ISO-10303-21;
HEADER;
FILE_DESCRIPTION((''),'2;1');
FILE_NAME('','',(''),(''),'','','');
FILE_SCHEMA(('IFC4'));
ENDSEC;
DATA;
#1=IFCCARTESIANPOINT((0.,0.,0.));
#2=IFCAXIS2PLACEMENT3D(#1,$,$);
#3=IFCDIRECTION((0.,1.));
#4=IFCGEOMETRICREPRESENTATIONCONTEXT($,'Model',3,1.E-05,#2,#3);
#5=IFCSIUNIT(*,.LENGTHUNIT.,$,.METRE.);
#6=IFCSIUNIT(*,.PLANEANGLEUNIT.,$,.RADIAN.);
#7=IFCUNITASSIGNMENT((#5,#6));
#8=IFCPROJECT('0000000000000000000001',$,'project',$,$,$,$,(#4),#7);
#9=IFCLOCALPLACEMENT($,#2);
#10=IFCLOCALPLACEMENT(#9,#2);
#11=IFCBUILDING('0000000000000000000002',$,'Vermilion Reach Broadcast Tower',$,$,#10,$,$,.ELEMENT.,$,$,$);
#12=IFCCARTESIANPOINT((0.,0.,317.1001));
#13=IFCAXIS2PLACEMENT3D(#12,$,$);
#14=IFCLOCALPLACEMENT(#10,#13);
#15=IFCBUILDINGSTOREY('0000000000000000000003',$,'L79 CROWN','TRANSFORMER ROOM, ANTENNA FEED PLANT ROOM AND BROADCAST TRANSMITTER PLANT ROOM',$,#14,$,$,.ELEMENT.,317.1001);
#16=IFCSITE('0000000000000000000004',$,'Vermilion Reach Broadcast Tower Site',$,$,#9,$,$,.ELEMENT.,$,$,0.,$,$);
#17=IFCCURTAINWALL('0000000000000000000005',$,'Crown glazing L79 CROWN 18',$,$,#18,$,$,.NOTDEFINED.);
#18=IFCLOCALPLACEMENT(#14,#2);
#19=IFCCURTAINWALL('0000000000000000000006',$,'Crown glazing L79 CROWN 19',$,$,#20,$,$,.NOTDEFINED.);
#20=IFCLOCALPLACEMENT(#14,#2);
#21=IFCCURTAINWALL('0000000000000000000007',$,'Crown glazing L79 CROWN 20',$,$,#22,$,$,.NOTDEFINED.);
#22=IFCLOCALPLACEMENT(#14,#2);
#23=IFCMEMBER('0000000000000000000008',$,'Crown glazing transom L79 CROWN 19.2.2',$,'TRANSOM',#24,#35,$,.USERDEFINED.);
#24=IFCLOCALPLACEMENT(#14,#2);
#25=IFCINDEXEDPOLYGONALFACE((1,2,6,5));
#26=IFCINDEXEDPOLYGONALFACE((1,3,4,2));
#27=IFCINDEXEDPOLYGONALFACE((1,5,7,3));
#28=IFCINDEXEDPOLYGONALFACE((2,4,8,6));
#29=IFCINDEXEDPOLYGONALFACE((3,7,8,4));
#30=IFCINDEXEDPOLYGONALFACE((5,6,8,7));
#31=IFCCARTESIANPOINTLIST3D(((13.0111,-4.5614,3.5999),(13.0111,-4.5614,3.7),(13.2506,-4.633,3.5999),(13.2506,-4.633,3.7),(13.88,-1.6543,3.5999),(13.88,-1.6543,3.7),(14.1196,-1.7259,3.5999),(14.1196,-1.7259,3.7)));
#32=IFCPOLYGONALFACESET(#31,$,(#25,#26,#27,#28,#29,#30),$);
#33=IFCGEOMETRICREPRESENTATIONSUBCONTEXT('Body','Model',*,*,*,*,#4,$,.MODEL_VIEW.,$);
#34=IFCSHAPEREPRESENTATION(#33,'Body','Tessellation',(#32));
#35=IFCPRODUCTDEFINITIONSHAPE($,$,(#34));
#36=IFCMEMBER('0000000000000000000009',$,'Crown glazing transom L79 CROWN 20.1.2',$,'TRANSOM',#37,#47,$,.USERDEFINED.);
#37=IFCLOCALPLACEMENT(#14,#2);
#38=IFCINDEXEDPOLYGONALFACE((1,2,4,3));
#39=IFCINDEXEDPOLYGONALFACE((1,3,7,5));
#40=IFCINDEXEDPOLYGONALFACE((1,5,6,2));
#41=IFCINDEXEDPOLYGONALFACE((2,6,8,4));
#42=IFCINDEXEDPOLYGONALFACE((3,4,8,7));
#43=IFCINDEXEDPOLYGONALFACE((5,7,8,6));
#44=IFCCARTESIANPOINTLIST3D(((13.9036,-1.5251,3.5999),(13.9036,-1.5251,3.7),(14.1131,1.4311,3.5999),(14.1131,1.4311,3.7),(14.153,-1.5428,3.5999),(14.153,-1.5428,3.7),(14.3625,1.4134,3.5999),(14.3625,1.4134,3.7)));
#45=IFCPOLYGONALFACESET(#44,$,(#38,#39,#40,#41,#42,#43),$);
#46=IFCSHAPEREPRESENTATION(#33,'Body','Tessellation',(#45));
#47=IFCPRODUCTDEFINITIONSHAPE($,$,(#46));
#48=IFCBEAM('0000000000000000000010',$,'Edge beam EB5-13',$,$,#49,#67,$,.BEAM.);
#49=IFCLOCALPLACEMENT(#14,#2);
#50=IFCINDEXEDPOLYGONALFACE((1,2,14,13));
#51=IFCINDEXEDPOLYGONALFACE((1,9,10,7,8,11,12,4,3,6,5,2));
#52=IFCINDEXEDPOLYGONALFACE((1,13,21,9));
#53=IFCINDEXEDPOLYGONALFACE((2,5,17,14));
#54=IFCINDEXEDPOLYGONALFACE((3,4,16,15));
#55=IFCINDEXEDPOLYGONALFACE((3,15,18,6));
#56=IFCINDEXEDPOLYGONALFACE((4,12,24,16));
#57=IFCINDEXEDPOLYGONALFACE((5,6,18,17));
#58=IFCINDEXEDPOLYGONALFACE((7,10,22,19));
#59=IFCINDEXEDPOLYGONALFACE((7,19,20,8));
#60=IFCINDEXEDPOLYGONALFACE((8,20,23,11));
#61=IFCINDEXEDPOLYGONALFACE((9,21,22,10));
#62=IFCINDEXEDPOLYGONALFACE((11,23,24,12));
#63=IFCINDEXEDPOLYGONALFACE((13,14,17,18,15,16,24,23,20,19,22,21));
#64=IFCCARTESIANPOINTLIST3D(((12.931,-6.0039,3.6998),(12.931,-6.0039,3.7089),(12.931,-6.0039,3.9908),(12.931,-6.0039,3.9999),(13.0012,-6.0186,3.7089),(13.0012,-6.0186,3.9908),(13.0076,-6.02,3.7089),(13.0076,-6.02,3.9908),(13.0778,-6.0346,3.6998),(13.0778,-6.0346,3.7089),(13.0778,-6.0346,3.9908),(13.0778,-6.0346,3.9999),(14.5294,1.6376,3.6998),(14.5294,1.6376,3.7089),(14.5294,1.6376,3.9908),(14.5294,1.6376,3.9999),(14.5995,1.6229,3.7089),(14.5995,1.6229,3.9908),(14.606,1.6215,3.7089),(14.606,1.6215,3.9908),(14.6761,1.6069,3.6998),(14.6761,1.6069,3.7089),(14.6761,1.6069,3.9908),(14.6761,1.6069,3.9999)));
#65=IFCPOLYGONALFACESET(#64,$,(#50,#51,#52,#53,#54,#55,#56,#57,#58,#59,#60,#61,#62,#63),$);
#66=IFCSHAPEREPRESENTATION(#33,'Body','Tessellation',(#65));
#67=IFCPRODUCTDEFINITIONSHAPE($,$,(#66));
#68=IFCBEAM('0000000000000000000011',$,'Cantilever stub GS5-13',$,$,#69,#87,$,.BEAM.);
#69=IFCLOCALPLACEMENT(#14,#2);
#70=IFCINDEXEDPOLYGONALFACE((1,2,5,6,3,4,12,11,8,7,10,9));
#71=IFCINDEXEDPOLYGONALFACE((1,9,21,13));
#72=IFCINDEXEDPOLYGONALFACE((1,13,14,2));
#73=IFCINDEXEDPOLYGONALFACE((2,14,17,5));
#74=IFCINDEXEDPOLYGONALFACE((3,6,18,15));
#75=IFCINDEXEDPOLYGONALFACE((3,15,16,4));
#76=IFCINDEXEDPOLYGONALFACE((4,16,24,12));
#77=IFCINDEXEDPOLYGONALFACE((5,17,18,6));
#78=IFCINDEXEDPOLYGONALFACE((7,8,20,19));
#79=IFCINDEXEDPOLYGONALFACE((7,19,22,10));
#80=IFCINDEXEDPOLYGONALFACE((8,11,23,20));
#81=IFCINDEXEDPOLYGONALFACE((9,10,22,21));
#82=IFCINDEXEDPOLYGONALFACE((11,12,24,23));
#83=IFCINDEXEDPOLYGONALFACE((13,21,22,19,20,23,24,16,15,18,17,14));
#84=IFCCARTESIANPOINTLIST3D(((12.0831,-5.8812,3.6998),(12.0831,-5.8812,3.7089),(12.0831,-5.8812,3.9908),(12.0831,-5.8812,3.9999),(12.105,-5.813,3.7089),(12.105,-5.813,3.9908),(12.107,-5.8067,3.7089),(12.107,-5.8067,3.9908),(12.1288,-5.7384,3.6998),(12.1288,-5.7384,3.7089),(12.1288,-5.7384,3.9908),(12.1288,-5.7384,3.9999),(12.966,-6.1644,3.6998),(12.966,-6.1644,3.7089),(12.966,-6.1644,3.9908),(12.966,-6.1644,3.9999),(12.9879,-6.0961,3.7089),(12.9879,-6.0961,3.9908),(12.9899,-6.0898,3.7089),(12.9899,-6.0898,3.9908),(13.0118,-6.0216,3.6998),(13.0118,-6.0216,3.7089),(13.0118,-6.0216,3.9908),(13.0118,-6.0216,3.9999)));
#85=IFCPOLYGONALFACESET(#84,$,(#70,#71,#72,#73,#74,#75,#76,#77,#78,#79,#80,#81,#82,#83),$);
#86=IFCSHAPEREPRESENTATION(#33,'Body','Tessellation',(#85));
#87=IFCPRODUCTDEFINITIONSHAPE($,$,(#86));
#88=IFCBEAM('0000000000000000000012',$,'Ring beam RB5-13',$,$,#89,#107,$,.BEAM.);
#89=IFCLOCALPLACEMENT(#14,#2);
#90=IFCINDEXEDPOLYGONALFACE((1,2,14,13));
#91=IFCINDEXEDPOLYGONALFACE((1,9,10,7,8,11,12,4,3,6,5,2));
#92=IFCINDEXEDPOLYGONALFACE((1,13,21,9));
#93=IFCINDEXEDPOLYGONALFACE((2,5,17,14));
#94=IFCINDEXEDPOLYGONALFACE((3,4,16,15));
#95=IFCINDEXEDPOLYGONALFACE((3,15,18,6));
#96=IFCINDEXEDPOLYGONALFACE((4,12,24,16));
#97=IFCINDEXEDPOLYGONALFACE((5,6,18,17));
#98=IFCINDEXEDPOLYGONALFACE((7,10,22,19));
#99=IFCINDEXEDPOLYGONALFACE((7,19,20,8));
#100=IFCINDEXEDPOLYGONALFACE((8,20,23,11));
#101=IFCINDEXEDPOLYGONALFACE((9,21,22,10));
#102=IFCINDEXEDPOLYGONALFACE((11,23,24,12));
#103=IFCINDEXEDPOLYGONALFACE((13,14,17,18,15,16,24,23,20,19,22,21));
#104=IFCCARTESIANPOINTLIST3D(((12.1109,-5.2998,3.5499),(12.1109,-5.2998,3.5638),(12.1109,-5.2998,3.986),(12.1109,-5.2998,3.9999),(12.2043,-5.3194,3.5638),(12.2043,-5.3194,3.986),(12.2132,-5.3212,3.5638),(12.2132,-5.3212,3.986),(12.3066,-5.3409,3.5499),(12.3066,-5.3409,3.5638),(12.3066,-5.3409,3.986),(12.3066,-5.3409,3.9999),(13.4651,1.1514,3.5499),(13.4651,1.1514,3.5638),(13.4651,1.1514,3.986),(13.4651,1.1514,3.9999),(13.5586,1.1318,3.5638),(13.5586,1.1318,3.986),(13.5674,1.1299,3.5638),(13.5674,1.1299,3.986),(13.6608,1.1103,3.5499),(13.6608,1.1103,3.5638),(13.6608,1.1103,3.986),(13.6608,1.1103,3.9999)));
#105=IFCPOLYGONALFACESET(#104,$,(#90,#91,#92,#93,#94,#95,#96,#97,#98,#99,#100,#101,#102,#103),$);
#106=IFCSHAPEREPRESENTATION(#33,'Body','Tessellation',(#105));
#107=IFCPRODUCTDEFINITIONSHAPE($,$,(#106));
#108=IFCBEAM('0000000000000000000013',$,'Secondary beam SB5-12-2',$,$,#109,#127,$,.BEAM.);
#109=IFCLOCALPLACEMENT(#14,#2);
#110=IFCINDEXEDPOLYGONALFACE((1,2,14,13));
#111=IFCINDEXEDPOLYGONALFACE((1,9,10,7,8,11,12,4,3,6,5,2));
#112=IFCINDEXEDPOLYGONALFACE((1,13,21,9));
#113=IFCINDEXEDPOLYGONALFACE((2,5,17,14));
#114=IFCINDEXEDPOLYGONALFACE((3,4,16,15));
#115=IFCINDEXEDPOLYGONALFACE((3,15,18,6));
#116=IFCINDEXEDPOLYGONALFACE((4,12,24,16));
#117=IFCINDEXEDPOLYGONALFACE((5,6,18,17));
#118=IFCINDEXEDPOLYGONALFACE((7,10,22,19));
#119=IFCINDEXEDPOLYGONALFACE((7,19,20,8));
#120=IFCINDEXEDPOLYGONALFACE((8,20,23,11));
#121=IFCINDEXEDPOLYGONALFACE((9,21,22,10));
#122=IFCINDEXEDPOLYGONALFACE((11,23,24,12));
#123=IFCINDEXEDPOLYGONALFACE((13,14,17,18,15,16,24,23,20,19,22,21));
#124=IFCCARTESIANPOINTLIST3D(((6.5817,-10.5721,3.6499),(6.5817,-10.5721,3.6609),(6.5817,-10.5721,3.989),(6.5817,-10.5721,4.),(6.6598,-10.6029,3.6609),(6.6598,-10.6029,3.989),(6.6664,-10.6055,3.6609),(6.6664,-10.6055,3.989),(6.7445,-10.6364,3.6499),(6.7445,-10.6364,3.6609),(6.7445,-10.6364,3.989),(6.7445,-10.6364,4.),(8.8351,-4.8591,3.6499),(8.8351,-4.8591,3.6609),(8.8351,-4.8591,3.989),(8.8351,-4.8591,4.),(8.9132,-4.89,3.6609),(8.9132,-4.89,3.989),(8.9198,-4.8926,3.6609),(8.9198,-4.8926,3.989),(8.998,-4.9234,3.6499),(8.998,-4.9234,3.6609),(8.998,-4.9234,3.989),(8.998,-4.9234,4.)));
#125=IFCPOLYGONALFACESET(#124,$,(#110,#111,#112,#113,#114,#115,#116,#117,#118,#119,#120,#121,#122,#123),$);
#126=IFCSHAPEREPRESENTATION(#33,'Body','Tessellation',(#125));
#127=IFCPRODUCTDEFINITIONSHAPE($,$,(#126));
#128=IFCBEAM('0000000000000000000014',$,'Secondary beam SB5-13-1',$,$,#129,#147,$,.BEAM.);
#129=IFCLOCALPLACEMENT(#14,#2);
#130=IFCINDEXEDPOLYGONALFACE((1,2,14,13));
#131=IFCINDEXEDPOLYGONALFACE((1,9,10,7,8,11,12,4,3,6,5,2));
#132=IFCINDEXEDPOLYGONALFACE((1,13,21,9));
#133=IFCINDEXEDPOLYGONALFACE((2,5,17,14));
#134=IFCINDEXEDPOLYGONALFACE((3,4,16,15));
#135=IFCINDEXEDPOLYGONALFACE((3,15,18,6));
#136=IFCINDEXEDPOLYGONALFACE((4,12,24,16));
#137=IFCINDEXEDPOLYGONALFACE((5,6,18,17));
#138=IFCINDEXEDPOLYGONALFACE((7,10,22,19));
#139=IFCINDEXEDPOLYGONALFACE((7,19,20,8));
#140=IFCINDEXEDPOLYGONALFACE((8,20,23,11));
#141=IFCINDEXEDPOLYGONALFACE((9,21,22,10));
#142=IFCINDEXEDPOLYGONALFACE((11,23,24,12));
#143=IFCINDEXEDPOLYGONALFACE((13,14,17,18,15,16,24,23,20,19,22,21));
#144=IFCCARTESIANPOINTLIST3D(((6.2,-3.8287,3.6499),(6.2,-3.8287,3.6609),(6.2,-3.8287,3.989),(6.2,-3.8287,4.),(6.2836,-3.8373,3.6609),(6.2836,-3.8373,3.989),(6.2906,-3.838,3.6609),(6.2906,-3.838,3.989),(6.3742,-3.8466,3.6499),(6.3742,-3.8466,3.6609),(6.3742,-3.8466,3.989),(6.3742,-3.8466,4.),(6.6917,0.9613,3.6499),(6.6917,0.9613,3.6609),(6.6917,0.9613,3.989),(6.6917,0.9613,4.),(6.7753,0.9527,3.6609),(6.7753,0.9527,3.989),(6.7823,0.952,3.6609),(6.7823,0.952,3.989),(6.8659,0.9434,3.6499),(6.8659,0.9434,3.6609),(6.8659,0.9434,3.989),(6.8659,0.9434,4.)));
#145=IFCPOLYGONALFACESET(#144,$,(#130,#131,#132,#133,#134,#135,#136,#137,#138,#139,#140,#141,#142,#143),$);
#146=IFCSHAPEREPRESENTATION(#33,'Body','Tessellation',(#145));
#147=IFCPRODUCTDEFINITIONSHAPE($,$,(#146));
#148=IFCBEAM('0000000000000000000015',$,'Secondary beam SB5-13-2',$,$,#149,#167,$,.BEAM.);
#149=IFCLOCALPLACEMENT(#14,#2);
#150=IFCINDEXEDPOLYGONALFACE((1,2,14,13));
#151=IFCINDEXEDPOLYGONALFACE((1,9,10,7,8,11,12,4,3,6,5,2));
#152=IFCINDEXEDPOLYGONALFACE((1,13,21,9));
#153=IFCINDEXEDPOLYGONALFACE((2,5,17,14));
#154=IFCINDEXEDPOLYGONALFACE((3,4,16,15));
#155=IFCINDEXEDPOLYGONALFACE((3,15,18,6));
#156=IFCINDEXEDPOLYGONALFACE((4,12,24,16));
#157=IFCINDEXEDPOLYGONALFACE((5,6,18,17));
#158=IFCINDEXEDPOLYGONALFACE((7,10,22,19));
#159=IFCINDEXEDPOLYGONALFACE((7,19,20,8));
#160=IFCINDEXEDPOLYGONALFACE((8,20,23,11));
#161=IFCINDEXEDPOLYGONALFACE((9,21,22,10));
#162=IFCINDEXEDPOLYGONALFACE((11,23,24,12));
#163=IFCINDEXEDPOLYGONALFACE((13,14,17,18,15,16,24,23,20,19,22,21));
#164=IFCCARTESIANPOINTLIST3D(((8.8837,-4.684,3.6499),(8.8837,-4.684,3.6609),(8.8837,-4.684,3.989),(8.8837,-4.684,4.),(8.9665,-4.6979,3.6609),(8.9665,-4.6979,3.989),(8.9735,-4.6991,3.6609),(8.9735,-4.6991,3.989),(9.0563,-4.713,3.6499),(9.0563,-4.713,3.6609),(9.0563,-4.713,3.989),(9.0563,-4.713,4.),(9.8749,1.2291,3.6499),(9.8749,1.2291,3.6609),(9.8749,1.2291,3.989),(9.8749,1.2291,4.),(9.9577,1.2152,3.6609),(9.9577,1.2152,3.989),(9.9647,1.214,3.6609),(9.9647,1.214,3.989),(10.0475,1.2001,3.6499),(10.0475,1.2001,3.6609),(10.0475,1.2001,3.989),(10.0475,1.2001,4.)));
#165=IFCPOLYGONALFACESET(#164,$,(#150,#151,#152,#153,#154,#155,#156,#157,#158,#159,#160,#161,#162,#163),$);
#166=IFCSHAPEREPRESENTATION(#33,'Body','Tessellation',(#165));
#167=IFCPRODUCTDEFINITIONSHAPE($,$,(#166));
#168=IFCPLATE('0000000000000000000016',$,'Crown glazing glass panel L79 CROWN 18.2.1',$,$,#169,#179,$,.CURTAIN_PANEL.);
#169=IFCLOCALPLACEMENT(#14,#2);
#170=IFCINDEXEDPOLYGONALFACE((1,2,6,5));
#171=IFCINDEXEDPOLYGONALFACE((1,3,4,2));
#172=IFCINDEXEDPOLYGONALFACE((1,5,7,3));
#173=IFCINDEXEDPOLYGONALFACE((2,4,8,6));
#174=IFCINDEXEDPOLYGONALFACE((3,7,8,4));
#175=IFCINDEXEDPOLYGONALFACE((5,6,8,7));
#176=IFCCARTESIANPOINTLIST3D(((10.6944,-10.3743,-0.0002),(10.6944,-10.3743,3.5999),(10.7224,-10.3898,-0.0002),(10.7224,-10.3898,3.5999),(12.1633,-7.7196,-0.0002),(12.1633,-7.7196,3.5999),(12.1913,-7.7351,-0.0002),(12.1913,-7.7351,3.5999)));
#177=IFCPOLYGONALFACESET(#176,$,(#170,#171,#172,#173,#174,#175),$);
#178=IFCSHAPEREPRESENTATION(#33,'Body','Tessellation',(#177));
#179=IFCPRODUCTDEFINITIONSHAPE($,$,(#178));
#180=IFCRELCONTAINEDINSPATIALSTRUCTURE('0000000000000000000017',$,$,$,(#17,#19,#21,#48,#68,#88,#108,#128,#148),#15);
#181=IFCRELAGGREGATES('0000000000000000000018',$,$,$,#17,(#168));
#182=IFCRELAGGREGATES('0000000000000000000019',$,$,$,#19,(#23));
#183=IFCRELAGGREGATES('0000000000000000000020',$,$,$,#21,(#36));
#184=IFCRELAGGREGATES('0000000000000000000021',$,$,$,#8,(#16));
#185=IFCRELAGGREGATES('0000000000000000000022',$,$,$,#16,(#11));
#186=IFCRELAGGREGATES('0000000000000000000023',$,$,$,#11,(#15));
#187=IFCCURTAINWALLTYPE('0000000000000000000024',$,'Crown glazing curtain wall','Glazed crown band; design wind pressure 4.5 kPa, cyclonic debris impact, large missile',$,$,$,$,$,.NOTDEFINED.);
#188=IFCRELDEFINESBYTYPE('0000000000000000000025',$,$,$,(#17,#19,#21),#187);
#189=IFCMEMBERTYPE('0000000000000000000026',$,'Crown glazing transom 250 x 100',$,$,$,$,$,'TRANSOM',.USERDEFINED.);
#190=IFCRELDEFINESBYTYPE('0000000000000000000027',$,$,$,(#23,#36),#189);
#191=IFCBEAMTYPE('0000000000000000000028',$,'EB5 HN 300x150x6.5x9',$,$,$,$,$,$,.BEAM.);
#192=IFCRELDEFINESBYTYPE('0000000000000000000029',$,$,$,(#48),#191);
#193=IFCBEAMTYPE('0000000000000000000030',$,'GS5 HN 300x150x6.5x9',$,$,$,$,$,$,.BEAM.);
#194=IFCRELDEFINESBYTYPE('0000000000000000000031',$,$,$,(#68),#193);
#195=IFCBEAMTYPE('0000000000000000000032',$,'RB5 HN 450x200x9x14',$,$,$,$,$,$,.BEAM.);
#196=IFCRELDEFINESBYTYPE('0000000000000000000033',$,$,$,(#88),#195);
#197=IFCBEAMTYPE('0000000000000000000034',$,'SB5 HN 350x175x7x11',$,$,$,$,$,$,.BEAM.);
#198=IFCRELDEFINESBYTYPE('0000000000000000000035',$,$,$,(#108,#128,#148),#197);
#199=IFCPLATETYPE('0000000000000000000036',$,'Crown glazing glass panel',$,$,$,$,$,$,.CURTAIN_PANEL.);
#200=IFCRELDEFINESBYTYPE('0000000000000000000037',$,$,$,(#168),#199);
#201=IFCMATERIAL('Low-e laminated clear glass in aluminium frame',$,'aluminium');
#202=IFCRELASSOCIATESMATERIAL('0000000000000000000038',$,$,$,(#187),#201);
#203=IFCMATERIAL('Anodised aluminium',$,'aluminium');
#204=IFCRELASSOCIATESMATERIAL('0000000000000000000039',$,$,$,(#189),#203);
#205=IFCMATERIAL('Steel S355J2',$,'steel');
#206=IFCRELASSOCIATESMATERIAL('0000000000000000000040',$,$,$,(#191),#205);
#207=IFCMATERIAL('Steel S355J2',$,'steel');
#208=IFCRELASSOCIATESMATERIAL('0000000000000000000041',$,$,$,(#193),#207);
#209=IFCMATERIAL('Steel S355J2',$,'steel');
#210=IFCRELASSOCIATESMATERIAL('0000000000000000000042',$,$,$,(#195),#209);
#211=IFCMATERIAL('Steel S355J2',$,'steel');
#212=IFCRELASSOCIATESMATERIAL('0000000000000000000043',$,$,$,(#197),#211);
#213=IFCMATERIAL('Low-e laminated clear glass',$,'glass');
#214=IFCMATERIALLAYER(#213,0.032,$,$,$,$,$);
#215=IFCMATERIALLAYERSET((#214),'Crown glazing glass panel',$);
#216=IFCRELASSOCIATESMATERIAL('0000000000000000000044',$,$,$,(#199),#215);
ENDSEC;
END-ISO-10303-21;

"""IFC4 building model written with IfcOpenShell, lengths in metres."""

from ifc_helpers import new_model, si_unit, direction, frame, origin, origin_2d, place, context, subcontext, project, spatial, rectangle, i_section, extrude, material, layer, layer_set, material_profile, profile_set, type_object, element, aggregate, save


model = new_model("IFC4")

# Units and contexts
model_context = context("Model", 3, precision=1e-05, world=origin(), true_north=direction((0.0, 1.0)))
body_context = subcontext(model_context, "Body", "Model", "MODEL_VIEW")
ifc_project = project(units=[si_unit("LENGTHUNIT", "METRE"), si_unit("PLANEANGLEUNIT", "RADIAN")], contexts=[model_context])

# Site, building, storey
site_placement = place(None, origin())
site = spatial("IfcSite", under=ifc_project, at=site_placement, Name="Vermilion Reach Broadcast Tower Site", CompositionType="ELEMENT", RefElevation=0.0)
building_placement = place(site_placement, origin())
building = spatial("IfcBuilding", under=site, at=building_placement, Name="Vermilion Reach Broadcast Tower", CompositionType="ELEMENT")
storey_placement = place(building_placement, frame((0.0, 0.0, 317.1001)))
storey = spatial("IfcBuildingStorey", under=building, at=storey_placement, Name="L79 CROWN", Description="TRANSFORMER ROOM, ANTENNA FEED PLANT ROOM AND BROADCAST TRANSMITTER PLANT ROOM", CompositionType="ELEMENT", Elevation=317.1001)

# Curtain walls
ifc_material_1 = material(Name="Low-e laminated clear glass in aluminium frame", Category="aluminium")
curtain_wall_type = type_object("IfcCurtainWallType", Name="Crown glazing curtain wall", Description="Glazed crown band; design wind pressure 4.5 kPa, cyclonic debris impact, large missile", PredefinedType="NOTDEFINED", material=ifc_material_1)
placement = place(storey_placement, origin())
curtain_wall_1 = element("IfcCurtainWall", 1, at=placement, inside=storey, type_object=curtain_wall_type, Name="Crown glazing L79 CROWN 18", PredefinedType="NOTDEFINED")
curtain_wall_2 = element("IfcCurtainWall", 2, at=placement, inside=storey, type_object=curtain_wall_type, Name="Crown glazing L79 CROWN 19", PredefinedType="NOTDEFINED")

# Curtain wall
curtain_wall_3 = element("IfcCurtainWall", 3, at=placement, inside=storey, type_object=curtain_wall_type, Name="Crown glazing L79 CROWN 20", PredefinedType="NOTDEFINED")

# Members
ifc_material_2 = material(Name="Anodised aluminium", Category="aluminium")
ifc_material_profile_1 = material_profile(ifc_material_2, rectangle(XDim=0.25, YDim=0.1001, at=origin_2d()), Name="Crown glazing transom 250 x 100")
ifc_profile_set_1 = profile_set([ifc_material_profile_1], Name="Anodised aluminium")
member_type_1 = type_object("IfcMemberType", Name="Crown glazing transom 250 x 100", ElementType="TRANSOM", PredefinedType="USERDEFINED", material=ifc_profile_set_1)
member_1_placement = place(storey_placement, frame((13.1309, -4.5972, 3.6499), z_axis=(0.286381, 0.958116, 0.0), x_axis=(-0.958116, 0.286381, 0.0)))
member_1 = element("IfcMember", 4, at=member_1_placement, type_object=member_type_1, Name="Crown glazing transom L79 CROWN 19.2.2", ObjectType="TRANSOM", PredefinedType="USERDEFINED", context=body_context, shape_type="SweptSolid", body=[
    extrude(rectangle(XDim=0.25, YDim=0.1001, at=origin_2d()), origin(), (0.0, 0.0, 1.0), 3.0342),
])
member_2_placement = place(storey_placement, frame((14.0283, -1.5339, 3.6499), z_axis=(0.070679, 0.997499, 0.0), x_axis=(-0.997499, 0.070679, 0.0)))
member_2 = element("IfcMember", 5, at=member_2_placement, type_object=member_type_1, Name="Crown glazing transom L79 CROWN 20.1.2", ObjectType="TRANSOM", PredefinedType="USERDEFINED", context=body_context, shape_type="SweptSolid", body=[
    extrude(rectangle(XDim=0.25, YDim=0.1001, at=origin_2d()), origin(), (0.0, 0.0, 1.0), 2.9636),
])

# Beams
ifc_material_3 = material(Name="Steel S355J2", Category="steel")
ifc_material_profile_2 = material_profile(ifc_material_3, i_section(OverallWidth=0.1499, OverallDepth=0.3, WebThickness=0.0066, FlangeThickness=0.009, at=origin_2d()), Name="S355J2 HN 300x150x6.5x9")
ifc_profile_set_2 = profile_set([ifc_material_profile_2], Name="Steel S355J2")
beam_type_1 = type_object("IfcBeamType", Name="EB5 HN 300x150x6.5x9", PredefinedType="BEAM", material=ifc_profile_set_2)
beam_1_placement = place(storey_placement, frame((13.0044, -6.0193, 3.8499), z_axis=(0.204738, 0.978817, 0.0), x_axis=(-0.978817, 0.204738, 0.0)))
element("IfcBeam", 6, at=beam_1_placement, inside=storey, type_object=beam_type_1, Name="Edge beam EB5-13", PredefinedType="BEAM", context=body_context, shape_type="SweptSolid", body=[
    extrude(i_section(OverallWidth=0.1499, OverallDepth=0.3, WebThickness=0.0066, FlangeThickness=0.009, at=origin_2d()), origin(), (0.0, 0.0, 1.0), 7.8069),
])
ifc_material_4 = material(Name="Steel S355J2", Category="steel")
ifc_material_profile_3 = material_profile(ifc_material_4, i_section(OverallWidth=0.1499, OverallDepth=0.3, WebThickness=0.0066, FlangeThickness=0.009, at=origin_2d()), Name="S355J2 HN 300x150x6.5x9")
ifc_profile_set_3 = profile_set([ifc_material_profile_3], Name="Steel S355J2")
beam_type_2 = type_object("IfcBeamType", Name="GS5 HN 300x150x6.5x9", PredefinedType="BEAM", material=ifc_profile_set_3)
beam_2_placement = place(storey_placement, frame((12.106, -5.8098, 3.8499), z_axis=(0.952228, -0.305387, 0.0), x_axis=(0.305387, 0.952228, 0.0)))
element("IfcBeam", 7, at=beam_2_placement, inside=storey, type_object=beam_type_2, Name="Cantilever stub GS5-13", PredefinedType="BEAM", context=body_context, shape_type="SweptSolid", body=[
    extrude(i_section(OverallWidth=0.1499, OverallDepth=0.3, WebThickness=0.0066, FlangeThickness=0.009, at=origin_2d()), origin(), (0.0, 0.0, 1.0), 0.9272),
])
ifc_material_5 = material(Name="Steel S355J2", Category="steel")
ifc_material_profile_4 = material_profile(ifc_material_5, i_section(OverallWidth=0.2, OverallDepth=0.45, WebThickness=0.009, FlangeThickness=0.0139, at=origin_2d()), Name="S355J2 HN 450x200x9x14")
ifc_profile_set_4 = profile_set([ifc_material_profile_4], Name="Steel S355J2")
beam_type_3 = type_object("IfcBeamType", Name="RB5 HN 450x200x9x14", PredefinedType="BEAM", material=ifc_profile_set_4)
beam_3_placement = place(storey_placement, frame((12.2087, -5.3203, 3.7749), z_axis=(0.205445, 0.978669, 0.0), x_axis=(-0.978669, 0.205445, 0.0)))
element("IfcBeam", 8, at=beam_3_placement, inside=storey, type_object=beam_type_3, Name="Ring beam RB5-13", PredefinedType="BEAM", context=body_context, shape_type="SweptSolid", body=[
    extrude(i_section(OverallWidth=0.2, OverallDepth=0.45, WebThickness=0.009, FlangeThickness=0.0139, at=origin_2d()), origin(), (0.0, 0.0, 1.0), 6.5918),
])
ifc_material_6 = material(Name="Steel S355J2", Category="steel")
ifc_material_profile_5 = material_profile(ifc_material_6, i_section(OverallWidth=0.175, OverallDepth=0.3501, WebThickness=0.0071, FlangeThickness=0.011, at=origin_2d()), Name="S355J2 HN 350x175x7x11")
ifc_profile_set_5 = profile_set([ifc_material_profile_5], Name="Steel S355J2")
beam_type_4 = type_object("IfcBeamType", Name="SB5 HN 350x175x7x11", PredefinedType="BEAM", material=ifc_profile_set_5)
beam_4_placement = place(storey_placement, frame((6.6631, -10.6042, 3.825), z_axis=(0.366931, 0.930248, 0.0), x_axis=(-0.930248, 0.366931, 0.0)))
element("IfcBeam", 9, at=beam_4_placement, inside=storey, type_object=beam_type_4, Name="Secondary beam SB5-12-2", PredefinedType="BEAM", context=body_context, shape_type="SweptSolid", body=[
    extrude(i_section(OverallWidth=0.175, OverallDepth=0.3501, WebThickness=0.0071, FlangeThickness=0.011, at=origin_2d()), origin(), (0.0, 0.0, 1.0), 6.1414),
])
beam_5_placement = place(storey_placement, frame((6.2871, -3.8376, 3.825), z_axis=(0.102114, 0.994773, 0.0), x_axis=(-0.994773, 0.102114, 0.0)))
element("IfcBeam", 10, at=beam_5_placement, inside=storey, type_object=beam_type_4, Name="Secondary beam SB5-13-1", PredefinedType="BEAM", context=body_context, shape_type="SweptSolid", body=[
    extrude(i_section(OverallWidth=0.175, OverallDepth=0.3501, WebThickness=0.0071, FlangeThickness=0.011, at=origin_2d()), origin(), (0.0, 0.0, 1.0), 4.8152),
])
beam_6_placement = place(storey_placement, frame((8.97, -4.6985, 3.825), z_axis=(0.165323, 0.986239, 0.0), x_axis=(-0.986239, 0.165323, 0.0)))
element("IfcBeam", 11, at=beam_6_placement, inside=storey, type_object=beam_type_4, Name="Secondary beam SB5-13-2", PredefinedType="BEAM", context=body_context, shape_type="SweptSolid", body=[
    extrude(i_section(OverallWidth=0.175, OverallDepth=0.3501, WebThickness=0.0071, FlangeThickness=0.011, at=origin_2d()), origin(), (0.0, 0.0, 1.0), 5.9956),
])

# Plate
ifc_material_7 = material(Name="Low-e laminated clear glass", Category="glass")
ifc_layer_1 = layer(ifc_material_7, 0.032)
ifc_layer_set_1 = layer_set([ifc_layer_1], Name="Crown glazing glass panel")
plate_type = type_object("IfcPlateType", Name="Crown glazing glass panel", PredefinedType="CURTAIN_PANEL", material=ifc_layer_set_1)
plate_1_placement = place(storey_placement, frame((11.4429, -9.0547, -0.0002), z_axis=(0.0, 0.0, 1.0), x_axis=(0.484153, 0.874983, 0.0)))
plate_1 = element("IfcPlate", 12, at=plate_1_placement, type_object=plate_type, Name="Crown glazing glass panel L79 CROWN 18.2.1", PredefinedType="CURTAIN_PANEL", context=body_context, shape_type="SweptSolid", body=[
    extrude(rectangle(XDim=3.0339, YDim=0.032, at=origin_2d()), origin(), (0.0, 0.0, 1.0), 3.6001),
])
aggregate(curtain_wall_1, [plate_1])
aggregate(curtain_wall_2, [member_1])
aggregate(curtain_wall_3, [member_2])

save(model, "model.ifc")
